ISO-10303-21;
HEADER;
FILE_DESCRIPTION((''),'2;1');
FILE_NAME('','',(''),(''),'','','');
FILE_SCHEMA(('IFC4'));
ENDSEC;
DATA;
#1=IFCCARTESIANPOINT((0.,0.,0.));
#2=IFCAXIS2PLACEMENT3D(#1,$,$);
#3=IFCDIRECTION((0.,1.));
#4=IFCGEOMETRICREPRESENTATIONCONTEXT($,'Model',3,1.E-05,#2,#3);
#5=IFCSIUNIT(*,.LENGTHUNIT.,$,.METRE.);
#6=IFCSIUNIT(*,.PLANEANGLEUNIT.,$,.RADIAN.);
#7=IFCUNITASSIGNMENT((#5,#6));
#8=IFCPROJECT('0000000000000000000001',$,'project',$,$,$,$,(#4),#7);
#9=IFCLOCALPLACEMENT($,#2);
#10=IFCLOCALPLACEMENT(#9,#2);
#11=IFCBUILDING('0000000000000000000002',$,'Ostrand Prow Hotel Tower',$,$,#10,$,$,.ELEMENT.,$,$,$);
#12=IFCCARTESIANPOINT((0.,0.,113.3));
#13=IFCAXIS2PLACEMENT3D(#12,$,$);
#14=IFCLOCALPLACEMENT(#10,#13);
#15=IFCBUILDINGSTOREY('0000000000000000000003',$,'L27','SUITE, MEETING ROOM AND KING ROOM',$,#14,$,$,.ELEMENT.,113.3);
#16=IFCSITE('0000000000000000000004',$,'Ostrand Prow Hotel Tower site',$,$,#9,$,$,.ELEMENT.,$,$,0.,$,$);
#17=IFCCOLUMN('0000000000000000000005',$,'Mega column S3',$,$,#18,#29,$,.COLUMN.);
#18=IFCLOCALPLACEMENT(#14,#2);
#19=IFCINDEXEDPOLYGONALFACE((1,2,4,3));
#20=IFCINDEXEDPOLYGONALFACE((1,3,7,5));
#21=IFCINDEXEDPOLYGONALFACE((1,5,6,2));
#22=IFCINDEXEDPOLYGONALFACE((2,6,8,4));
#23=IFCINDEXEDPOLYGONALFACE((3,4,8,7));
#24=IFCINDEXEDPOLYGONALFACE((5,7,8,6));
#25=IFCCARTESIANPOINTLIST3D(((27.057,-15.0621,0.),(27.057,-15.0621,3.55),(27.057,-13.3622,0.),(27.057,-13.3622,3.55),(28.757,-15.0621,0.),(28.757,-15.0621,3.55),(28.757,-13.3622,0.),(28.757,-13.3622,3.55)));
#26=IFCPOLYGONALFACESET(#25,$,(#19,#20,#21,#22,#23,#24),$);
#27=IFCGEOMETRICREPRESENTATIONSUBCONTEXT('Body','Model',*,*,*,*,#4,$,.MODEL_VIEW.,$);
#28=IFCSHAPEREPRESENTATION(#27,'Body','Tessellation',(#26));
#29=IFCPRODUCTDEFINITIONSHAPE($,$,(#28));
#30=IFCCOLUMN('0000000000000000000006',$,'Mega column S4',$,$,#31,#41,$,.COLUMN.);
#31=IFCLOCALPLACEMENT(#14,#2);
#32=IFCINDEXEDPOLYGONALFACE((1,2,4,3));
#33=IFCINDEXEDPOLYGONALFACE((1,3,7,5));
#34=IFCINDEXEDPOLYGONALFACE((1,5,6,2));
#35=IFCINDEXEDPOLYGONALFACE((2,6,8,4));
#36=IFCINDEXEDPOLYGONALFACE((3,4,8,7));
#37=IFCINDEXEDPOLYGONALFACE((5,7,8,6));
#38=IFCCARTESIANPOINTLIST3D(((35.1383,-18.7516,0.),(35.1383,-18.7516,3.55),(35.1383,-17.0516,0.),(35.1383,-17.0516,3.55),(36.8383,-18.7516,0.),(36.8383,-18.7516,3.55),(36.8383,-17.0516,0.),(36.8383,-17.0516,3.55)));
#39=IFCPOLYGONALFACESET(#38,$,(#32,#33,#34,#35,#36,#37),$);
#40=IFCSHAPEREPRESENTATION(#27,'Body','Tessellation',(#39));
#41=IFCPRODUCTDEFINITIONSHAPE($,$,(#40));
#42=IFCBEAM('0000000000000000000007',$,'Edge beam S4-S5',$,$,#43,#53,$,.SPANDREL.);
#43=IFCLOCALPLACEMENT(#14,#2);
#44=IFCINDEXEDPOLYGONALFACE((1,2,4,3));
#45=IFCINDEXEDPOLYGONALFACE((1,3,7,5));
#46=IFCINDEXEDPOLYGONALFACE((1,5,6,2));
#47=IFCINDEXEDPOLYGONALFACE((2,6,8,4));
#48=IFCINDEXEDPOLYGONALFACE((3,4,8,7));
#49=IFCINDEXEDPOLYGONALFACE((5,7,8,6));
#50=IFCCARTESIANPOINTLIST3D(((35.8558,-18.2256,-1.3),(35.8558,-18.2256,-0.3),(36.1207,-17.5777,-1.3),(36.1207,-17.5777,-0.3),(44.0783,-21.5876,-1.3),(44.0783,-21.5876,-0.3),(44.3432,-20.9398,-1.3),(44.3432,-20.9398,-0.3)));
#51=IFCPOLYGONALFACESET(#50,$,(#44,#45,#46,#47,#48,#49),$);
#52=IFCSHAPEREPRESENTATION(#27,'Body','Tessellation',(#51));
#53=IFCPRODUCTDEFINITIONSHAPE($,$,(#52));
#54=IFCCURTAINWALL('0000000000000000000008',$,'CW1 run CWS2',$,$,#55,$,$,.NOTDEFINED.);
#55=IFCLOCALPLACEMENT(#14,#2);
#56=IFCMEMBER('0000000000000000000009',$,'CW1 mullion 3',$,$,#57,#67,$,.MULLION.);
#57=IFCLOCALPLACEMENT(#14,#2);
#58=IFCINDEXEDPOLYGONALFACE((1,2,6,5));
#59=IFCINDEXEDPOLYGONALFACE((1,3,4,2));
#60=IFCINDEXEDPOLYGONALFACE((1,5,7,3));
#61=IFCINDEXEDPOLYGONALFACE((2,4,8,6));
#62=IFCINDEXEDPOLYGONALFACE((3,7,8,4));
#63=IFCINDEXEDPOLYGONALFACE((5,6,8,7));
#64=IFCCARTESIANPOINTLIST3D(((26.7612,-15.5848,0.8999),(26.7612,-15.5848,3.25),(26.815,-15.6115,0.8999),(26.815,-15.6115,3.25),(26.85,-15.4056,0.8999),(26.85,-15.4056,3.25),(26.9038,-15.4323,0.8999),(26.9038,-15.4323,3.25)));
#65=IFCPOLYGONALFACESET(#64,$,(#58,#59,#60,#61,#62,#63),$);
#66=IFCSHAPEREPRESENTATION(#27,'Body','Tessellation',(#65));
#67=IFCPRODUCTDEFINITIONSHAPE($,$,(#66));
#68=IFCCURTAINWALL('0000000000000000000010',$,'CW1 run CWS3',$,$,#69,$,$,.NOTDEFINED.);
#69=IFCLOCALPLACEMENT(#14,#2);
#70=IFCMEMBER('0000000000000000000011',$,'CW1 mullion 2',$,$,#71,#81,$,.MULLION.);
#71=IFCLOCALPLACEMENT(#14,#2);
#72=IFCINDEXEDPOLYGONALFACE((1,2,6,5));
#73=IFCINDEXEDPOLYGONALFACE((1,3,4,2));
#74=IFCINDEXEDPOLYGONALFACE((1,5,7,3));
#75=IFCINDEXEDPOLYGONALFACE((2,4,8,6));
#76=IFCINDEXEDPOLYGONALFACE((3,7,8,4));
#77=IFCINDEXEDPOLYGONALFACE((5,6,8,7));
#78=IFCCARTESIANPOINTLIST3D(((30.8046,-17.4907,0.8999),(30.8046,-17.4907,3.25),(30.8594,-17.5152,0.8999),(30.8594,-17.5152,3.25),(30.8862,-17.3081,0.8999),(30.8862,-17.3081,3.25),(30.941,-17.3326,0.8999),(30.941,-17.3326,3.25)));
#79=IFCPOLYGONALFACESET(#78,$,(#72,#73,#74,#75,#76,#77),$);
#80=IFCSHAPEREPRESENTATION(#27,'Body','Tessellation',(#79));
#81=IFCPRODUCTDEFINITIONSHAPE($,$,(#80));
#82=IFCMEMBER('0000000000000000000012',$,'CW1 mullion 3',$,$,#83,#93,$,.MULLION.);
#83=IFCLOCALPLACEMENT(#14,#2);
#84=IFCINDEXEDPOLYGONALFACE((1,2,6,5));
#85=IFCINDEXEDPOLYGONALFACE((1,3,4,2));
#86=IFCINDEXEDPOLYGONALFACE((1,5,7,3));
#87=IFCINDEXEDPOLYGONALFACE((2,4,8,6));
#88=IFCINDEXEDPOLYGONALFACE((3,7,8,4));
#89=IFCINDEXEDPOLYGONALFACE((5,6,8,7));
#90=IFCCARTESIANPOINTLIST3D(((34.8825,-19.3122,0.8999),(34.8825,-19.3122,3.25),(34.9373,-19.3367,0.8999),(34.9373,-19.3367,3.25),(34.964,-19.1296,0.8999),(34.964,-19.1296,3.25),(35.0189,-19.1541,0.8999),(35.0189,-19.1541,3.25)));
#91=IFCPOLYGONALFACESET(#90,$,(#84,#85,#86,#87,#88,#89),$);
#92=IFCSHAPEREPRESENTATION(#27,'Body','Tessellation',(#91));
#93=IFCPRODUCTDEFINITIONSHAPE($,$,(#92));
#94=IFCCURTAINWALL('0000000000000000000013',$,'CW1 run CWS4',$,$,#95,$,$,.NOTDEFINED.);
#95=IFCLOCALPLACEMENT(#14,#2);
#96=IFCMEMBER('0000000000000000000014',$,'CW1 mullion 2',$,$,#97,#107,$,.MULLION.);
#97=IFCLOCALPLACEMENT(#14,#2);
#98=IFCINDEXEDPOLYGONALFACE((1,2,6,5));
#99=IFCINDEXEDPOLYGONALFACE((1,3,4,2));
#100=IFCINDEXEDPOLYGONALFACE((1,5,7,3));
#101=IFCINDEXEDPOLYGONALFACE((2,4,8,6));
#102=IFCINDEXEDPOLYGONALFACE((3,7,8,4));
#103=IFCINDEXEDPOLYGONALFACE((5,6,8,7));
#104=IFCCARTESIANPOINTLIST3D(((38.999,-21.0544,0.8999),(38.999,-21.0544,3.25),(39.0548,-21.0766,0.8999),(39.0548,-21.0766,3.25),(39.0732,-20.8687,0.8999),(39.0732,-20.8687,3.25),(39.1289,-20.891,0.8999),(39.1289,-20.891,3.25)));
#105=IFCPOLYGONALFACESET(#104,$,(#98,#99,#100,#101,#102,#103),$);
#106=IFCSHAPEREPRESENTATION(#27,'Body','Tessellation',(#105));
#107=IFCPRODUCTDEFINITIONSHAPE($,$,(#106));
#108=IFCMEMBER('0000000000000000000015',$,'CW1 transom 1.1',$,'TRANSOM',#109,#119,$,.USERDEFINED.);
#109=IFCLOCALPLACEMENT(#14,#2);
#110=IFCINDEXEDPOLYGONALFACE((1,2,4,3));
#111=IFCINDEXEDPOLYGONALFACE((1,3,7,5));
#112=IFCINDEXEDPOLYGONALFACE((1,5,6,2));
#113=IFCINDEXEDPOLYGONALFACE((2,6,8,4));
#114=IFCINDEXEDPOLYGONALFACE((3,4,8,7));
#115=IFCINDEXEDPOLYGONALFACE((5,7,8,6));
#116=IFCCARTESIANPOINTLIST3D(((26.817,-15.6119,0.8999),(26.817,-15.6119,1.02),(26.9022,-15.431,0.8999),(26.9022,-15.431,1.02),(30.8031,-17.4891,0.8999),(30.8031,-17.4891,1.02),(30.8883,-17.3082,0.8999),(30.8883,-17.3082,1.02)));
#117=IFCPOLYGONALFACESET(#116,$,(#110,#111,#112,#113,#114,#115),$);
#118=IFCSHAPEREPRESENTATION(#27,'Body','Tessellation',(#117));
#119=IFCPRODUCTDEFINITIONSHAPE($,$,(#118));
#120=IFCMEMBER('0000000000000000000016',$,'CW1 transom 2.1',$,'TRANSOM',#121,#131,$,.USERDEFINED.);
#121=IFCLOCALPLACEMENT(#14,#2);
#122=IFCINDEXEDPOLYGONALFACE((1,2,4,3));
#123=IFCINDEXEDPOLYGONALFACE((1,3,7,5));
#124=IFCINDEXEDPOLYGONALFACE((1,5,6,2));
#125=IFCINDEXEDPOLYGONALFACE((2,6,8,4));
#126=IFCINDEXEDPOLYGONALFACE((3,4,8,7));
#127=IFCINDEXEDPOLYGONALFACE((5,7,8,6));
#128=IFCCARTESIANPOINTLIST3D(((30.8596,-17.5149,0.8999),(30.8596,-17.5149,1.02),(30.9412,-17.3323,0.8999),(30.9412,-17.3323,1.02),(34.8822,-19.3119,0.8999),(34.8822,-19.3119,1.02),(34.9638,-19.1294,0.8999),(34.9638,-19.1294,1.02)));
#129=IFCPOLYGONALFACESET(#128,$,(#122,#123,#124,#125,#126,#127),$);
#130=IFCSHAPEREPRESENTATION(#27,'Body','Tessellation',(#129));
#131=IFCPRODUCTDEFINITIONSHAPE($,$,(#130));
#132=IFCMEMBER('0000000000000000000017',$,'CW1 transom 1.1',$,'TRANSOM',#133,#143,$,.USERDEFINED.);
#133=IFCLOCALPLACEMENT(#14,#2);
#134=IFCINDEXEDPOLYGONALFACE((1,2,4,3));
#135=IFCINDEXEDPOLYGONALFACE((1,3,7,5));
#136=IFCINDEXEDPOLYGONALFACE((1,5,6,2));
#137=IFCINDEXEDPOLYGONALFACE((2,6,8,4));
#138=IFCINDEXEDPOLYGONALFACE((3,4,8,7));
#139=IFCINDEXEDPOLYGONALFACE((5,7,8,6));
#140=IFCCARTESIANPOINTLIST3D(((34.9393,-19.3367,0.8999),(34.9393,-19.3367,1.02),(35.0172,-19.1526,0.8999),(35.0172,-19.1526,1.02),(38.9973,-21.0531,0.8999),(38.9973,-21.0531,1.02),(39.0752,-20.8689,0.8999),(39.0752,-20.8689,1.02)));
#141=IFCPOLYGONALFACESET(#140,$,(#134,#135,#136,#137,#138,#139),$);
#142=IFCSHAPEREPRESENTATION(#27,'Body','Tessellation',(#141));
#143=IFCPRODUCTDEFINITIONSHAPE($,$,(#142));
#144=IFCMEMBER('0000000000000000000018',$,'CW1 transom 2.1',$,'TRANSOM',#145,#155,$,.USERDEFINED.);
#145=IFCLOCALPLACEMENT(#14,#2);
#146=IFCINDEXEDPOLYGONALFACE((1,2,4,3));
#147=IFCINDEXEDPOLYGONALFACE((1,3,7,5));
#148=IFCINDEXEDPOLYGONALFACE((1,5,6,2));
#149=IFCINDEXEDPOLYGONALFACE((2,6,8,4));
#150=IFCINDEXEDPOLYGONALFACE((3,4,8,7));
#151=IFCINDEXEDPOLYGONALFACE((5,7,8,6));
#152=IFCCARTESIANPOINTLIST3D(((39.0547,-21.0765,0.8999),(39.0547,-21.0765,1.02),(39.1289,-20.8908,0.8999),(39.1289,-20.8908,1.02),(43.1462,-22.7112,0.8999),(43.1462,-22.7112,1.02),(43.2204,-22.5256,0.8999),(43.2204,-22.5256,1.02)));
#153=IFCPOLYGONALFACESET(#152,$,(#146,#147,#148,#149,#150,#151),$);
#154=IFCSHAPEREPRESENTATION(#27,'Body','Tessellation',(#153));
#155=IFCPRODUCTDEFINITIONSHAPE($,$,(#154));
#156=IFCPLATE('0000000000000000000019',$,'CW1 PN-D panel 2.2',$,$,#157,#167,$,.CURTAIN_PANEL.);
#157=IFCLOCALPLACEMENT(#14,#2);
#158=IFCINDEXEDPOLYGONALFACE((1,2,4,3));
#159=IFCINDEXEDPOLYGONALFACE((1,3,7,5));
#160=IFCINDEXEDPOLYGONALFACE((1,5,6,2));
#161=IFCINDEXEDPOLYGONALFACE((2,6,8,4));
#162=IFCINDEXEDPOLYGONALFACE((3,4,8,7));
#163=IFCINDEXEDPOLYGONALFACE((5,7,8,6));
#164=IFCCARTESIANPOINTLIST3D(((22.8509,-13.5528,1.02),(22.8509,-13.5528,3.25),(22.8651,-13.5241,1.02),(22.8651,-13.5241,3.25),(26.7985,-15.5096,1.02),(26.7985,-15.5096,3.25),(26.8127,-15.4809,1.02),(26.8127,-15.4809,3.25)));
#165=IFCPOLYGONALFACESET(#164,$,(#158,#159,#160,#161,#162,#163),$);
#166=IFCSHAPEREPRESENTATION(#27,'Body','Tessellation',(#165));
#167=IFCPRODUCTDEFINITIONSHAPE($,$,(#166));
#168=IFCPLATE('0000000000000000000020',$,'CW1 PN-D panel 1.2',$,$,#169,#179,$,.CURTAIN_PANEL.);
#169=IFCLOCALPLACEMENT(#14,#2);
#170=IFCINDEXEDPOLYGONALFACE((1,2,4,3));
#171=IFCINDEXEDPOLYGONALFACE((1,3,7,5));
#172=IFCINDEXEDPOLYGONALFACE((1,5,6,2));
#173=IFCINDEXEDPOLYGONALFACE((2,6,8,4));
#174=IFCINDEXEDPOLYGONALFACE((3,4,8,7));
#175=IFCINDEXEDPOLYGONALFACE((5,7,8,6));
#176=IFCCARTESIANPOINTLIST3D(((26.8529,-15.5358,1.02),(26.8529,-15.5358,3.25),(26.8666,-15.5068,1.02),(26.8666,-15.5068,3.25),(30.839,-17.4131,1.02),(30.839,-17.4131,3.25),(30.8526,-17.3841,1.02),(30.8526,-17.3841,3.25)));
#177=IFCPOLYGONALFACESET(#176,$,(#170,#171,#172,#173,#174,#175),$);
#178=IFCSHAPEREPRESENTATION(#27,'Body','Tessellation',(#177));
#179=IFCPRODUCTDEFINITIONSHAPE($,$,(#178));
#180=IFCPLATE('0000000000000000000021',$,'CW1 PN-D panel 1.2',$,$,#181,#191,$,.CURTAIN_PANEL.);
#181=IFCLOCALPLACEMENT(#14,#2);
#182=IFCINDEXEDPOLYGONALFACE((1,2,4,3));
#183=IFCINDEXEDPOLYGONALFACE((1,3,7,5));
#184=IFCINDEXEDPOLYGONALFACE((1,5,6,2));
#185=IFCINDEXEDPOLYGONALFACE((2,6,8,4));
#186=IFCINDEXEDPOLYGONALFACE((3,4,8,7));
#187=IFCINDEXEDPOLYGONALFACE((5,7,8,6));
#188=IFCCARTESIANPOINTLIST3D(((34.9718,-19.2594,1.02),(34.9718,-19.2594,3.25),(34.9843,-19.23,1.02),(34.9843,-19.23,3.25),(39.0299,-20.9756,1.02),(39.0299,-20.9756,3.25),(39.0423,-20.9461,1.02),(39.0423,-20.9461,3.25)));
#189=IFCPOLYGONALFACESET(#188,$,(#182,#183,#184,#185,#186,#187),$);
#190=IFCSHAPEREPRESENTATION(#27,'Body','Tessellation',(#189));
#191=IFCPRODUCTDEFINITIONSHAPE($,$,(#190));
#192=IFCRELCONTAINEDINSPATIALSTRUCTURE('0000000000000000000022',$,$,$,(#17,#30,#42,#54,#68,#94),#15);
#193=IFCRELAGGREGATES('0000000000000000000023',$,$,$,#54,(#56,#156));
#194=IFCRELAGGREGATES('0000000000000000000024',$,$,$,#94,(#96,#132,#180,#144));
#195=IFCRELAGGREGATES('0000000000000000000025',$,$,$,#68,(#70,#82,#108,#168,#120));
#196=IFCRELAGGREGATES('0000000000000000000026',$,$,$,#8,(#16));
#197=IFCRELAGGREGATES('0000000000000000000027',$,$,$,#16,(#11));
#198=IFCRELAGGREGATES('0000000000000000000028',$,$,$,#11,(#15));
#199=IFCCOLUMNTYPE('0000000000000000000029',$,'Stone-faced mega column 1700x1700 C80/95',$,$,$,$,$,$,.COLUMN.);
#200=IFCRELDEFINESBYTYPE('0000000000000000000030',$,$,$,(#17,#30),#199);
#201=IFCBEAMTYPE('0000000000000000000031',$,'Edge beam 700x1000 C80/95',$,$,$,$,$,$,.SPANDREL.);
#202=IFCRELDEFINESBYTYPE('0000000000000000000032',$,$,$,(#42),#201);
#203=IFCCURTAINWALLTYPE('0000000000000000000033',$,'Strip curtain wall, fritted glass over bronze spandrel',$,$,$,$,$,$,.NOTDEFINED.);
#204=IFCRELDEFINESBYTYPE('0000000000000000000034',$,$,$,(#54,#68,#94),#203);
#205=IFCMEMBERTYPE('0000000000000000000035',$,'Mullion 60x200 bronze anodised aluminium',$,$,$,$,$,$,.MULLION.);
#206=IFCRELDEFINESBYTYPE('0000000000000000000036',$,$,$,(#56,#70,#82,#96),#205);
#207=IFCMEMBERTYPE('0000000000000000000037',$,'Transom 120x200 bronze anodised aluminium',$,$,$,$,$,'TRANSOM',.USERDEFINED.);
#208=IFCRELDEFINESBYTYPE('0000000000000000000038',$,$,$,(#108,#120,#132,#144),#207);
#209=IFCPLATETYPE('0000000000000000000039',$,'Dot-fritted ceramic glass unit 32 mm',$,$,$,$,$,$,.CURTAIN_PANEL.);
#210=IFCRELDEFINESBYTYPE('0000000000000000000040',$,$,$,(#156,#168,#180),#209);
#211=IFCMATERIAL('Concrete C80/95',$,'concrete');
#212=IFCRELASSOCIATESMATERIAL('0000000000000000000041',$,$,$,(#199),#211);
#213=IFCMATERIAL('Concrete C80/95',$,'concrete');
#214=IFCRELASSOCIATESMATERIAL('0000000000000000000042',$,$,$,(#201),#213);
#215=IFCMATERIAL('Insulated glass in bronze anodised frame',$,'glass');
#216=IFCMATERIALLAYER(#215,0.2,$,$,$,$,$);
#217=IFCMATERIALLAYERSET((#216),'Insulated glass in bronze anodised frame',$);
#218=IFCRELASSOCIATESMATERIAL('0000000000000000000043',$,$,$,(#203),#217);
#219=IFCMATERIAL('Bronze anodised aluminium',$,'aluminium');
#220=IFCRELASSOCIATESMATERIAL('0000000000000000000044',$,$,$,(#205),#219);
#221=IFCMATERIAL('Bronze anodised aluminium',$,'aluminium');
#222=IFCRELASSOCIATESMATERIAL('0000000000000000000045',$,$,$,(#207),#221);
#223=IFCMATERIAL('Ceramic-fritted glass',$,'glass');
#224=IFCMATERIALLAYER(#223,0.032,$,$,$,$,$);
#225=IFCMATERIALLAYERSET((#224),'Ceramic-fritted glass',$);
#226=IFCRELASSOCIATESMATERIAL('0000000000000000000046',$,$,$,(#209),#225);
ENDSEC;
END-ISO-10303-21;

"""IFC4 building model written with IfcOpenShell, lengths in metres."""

from ifc_helpers import new_model, si_unit, direction, frame, origin, origin_2d, place, context, subcontext, project, spatial, rectangle, extrude, material, layer, layer_set, material_profile, profile_set, type_object, element, aggregate, save


model = new_model("IFC4")

# Units and contexts
model_context = context("Model", 3, precision=1e-05, world=origin(), true_north=direction((0.0, 1.0)))
body_context = subcontext(model_context, "Body", "Model", "MODEL_VIEW")
ifc_project = project(units=[si_unit("LENGTHUNIT", "METRE"), si_unit("PLANEANGLEUNIT", "RADIAN")], contexts=[model_context])

# Site, building, storey
site_placement = place(None, origin())
site = spatial("IfcSite", under=ifc_project, at=site_placement, Name="Ostrand Prow Hotel Tower site", CompositionType="ELEMENT", RefElevation=0.0)
building_placement = place(site_placement, origin())
building = spatial("IfcBuilding", under=site, at=building_placement, Name="Ostrand Prow Hotel Tower", CompositionType="ELEMENT")
storey_placement = place(building_placement, frame((0.0, 0.0, 113.3)))
storey = spatial("IfcBuildingStorey", under=building, at=storey_placement, Name="L27", Description="SUITE, MEETING ROOM AND KING ROOM", CompositionType="ELEMENT", Elevation=113.3)

# Columns
ifc_material_1 = material(Name="Concrete C80/95", Category="concrete")
ifc_material_profile_1 = material_profile(ifc_material_1, rectangle(XDim=1.7, YDim=1.7, at=origin_2d()), Name="RC 1700x1700")
ifc_profile_set_1 = profile_set([ifc_material_profile_1], Name="Concrete C80/95")
column_type = type_object("IfcColumnType", Name="Stone-faced mega column 1700x1700 C80/95", PredefinedType="COLUMN", material=ifc_profile_set_1)
for number, where, z_axis, x_axis, name in (
    (1, (27.907, -14.2122, 0.0), (0.0, 0.0, 1.0), (1.0, 0.0, 0.0), "Mega column S3"),
    (2, (35.9883, -17.9016, 0.0), (0.0, 0.0, 1.0), (1.0, 0.0, 0.0), "Mega column S4"),
):
    element("IfcColumn", number, at=place(storey_placement, frame(where, z_axis=z_axis, x_axis=x_axis)), inside=storey, type_object=column_type, Name=name, PredefinedType="COLUMN", context=body_context, shape_type="SweptSolid", body=[
        extrude(rectangle(XDim=1.7, YDim=1.7, at=origin_2d()), origin(), (0.0, 0.0, 1.0), 3.55),
    ])

# Beam
ifc_material_2 = material(Name="Concrete C80/95", Category="concrete")
ifc_material_profile_2 = material_profile(ifc_material_2, rectangle(XDim=0.7, YDim=1.0, at=origin_2d()), Name="RC 700x1000")
ifc_profile_set_2 = profile_set([ifc_material_profile_2], Name="Concrete C80/95")
beam_type = type_object("IfcBeamType", Name="Edge beam 700x1000 C80/95", PredefinedType="SPANDREL", material=ifc_profile_set_2)
beam_placement = place(storey_placement, frame((35.9883, -17.9016, -0.8), z_axis=(0.925612, -0.378473, 0.0), x_axis=(0.378473, 0.925612, 0.0)))
element("IfcBeam", 3, at=beam_placement, inside=storey, type_object=beam_type, Name="Edge beam S4-S5", PredefinedType="SPANDREL", context=body_context, shape_type="SweptSolid", body=[
    extrude(rectangle(XDim=0.7, YDim=1.0, at=origin_2d()), origin(), (0.0, 0.0, 1.0), 8.8833),
])

# Curtain wall, member
ifc_material_3 = material(Name="Insulated glass in bronze anodised frame", Category="glass")
ifc_layer_1 = layer(ifc_material_3, 0.2)
ifc_layer_set_1 = layer_set([ifc_layer_1], Name="Insulated glass in bronze anodised frame")
curtain_wall_type = type_object("IfcCurtainWallType", Name="Strip curtain wall, fritted glass over bronze spandrel", PredefinedType="NOTDEFINED", material=ifc_layer_set_1)
curtain_wall_1_placement = place(storey_placement, origin())
curtain_wall_1 = element("IfcCurtainWall", 4, at=curtain_wall_1_placement, inside=storey, type_object=curtain_wall_type, Name="CW1 run CWS2", PredefinedType="NOTDEFINED")
ifc_material_4 = material(Name="Bronze anodised aluminium", Category="aluminium")
ifc_material_profile_3 = material_profile(ifc_material_4, rectangle(XDim=0.2, YDim=0.0601, at=origin_2d()), Name="Mullion 60x200 bronze anodised aluminium")
ifc_profile_set_3 = profile_set([ifc_material_profile_3], Name="Bronze anodised aluminium")
member_type_1 = type_object("IfcMemberType", Name="Mullion 60x200 bronze anodised aluminium", PredefinedType="MULLION", material=ifc_profile_set_3)
member_1_placement = place(storey_placement, frame((26.8325, -15.5085, 0.8999), z_axis=(0.0, 0.0, 1.0), x_axis=(0.444113, 0.895971, 0.0)))
member_1 = element("IfcMember", 5, at=member_1_placement, type_object=member_type_1, Name="CW1 mullion 3", PredefinedType="MULLION", context=body_context, shape_type="SweptSolid", body=[
    extrude(rectangle(XDim=0.2, YDim=0.0601, at=origin_2d()), origin(), (0.0, 0.0, 1.0), 2.3501),
])

# Curtain wall, members
curtain_wall_2_placement = place(storey_placement, origin())
curtain_wall_2 = element("IfcCurtainWall", 6, at=curtain_wall_2_placement, inside=storey, type_object=curtain_wall_type, Name="CW1 run CWS3", PredefinedType="NOTDEFINED")
member_2_placement = place(storey_placement, frame((30.8728, -17.4116, 0.8999), z_axis=(0.0, 0.0, 1.0), x_axis=(0.407875, 0.913038, 0.0)))
member_2 = element("IfcMember", 7, at=member_2_placement, type_object=member_type_1, Name="CW1 mullion 2", PredefinedType="MULLION", context=body_context, shape_type="SweptSolid", body=[
    extrude(rectangle(XDim=0.2, YDim=0.0601, at=origin_2d()), origin(), (0.0, 0.0, 1.0), 2.3501),
])
member_3_placement = place(storey_placement, frame((34.9507, -19.2332, 0.8999), z_axis=(0.0, 0.0, 1.0), x_axis=(0.407875, 0.913038, 0.0)))
member_3 = element("IfcMember", 8, at=member_3_placement, type_object=member_type_1, Name="CW1 mullion 3", PredefinedType="MULLION", context=body_context, shape_type="SweptSolid", body=[
    extrude(rectangle(XDim=0.2, YDim=0.0601, at=origin_2d()), origin(), (0.0, 0.0, 1.0), 2.3501),
])

# Curtain wall, member
curtain_wall_3_placement = place(storey_placement, origin())
curtain_wall_3 = element("IfcCurtainWall", 9, at=curtain_wall_3_placement, inside=storey, type_object=curtain_wall_type, Name="CW1 run CWS4", PredefinedType="NOTDEFINED")
member_4_placement = place(storey_placement, frame((39.064, -20.9727, 0.8999), z_axis=(0.0, 0.0, 1.0), x_axis=(0.370982, 0.92864, 0.0)))
member_4 = element("IfcMember", 10, at=member_4_placement, type_object=member_type_1, Name="CW1 mullion 2", PredefinedType="MULLION", context=body_context, shape_type="SweptSolid", body=[
    extrude(rectangle(XDim=0.2, YDim=0.0601, at=origin_2d()), origin(), (0.0, 0.0, 1.0), 2.3501),
])

# Members
ifc_material_5 = material(Name="Bronze anodised aluminium", Category="aluminium")
ifc_material_profile_4 = material_profile(ifc_material_5, rectangle(XDim=0.2, YDim=0.1201, at=origin_2d()), Name="Transom 120x200 bronze anodised aluminium")
ifc_profile_set_4 = profile_set([ifc_material_profile_4], Name="Bronze anodised aluminium")
member_type_2 = type_object("IfcMemberType", Name="Transom 120x200 bronze anodised aluminium", ElementType="TRANSOM", PredefinedType="USERDEFINED", material=ifc_profile_set_4)
member_5_placement = place(storey_placement, frame((26.8596, -15.5215, 0.96), z_axis=(0.904697, -0.426056, 0.0), x_axis=(0.426056, 0.904697, 0.0)))
member_5 = element("IfcMember", 11, at=member_5_placement, type_object=member_type_2, Name="CW1 transom 1.1", ObjectType="TRANSOM", PredefinedType="USERDEFINED", context=body_context, shape_type="SweptSolid", body=[
    extrude(rectangle(XDim=0.2, YDim=0.1201, at=origin_2d()), origin(), (0.0, 0.0, 1.0), 4.406),
])
member_6_placement = place(storey_placement, frame((30.9004, -17.4236, 0.96), z_axis=(0.913031, -0.407891, 0.0), x_axis=(0.407891, 0.913031, 0.0)))
member_6 = element("IfcMember", 12, at=member_6_placement, type_object=member_type_2, Name="CW1 transom 2.1", ObjectType="TRANSOM", PredefinedType="USERDEFINED", context=body_context, shape_type="SweptSolid", body=[
    extrude(rectangle(XDim=0.2, YDim=0.1201, at=origin_2d()), origin(), (0.0, 0.0, 1.0), 4.4058),
])
member_7_placement = place(storey_placement, frame((34.9783, -19.2446, 0.96), z_axis=(0.921006, -0.389548, 0.0), x_axis=(0.389548, 0.921006, 0.0)))
member_7 = element("IfcMember", 13, at=member_7_placement, type_object=member_type_2, Name="CW1 transom 1.1", ObjectType="TRANSOM", PredefinedType="USERDEFINED", context=body_context, shape_type="SweptSolid", body=[
    extrude(rectangle(XDim=0.2, YDim=0.1201, at=origin_2d()), origin(), (0.0, 0.0, 1.0), 4.406),
])
member_8_placement = place(storey_placement, frame((39.0918, -20.9836, 0.96), z_axis=(0.928622, -0.371028, 0.0), x_axis=(0.371028, 0.928622, 0.0)))
member_8 = element("IfcMember", 14, at=member_8_placement, type_object=member_type_2, Name="CW1 transom 2.1", ObjectType="TRANSOM", PredefinedType="USERDEFINED", context=body_context, shape_type="SweptSolid", body=[
    extrude(rectangle(XDim=0.2, YDim=0.1201, at=origin_2d()), origin(), (0.0, 0.0, 1.0), 4.406),
])

# Plates
ifc_material_6 = material(Name="Ceramic-fritted glass", Category="glass")
ifc_layer_2 = layer(ifc_material_6, 0.032)
ifc_layer_set_2 = layer_set([ifc_layer_2], Name="Ceramic-fritted glass")
plate_type_1 = type_object("IfcPlateType", Name="Dot-fritted ceramic glass unit 32 mm", PredefinedType="CURTAIN_PANEL", material=ifc_layer_set_2)
plate_1_placement = place(storey_placement, frame((24.8318, -14.5168, 1.02), z_axis=(0.0, 0.0, 1.0), x_axis=(0.895971, -0.444113, 0.0)))
plate_1 = element("IfcPlate", 15, at=plate_1_placement, type_object=plate_type_1, Name="CW1 PN-D panel 2.2", PredefinedType="CURTAIN_PANEL", context=body_context, shape_type="SweptSolid", body=[
    extrude(rectangle(XDim=4.406, YDim=0.032, at=origin_2d()), origin(), (0.0, 0.0, 1.0), 2.23),
])
aggregate(curtain_wall_1, [member_1, plate_1])
plate_2_placement = place(storey_placement, frame((28.8528, -16.46, 1.02), z_axis=(0.0, 0.0, 1.0), x_axis=(0.904686, -0.426079, 0.0)))
plate_2 = element("IfcPlate", 16, at=plate_2_placement, type_object=plate_type_1, Name="CW1 PN-D panel 1.2", PredefinedType="CURTAIN_PANEL", context=body_context, shape_type="SweptSolid", body=[
    extrude(rectangle(XDim=4.406, YDim=0.032, at=origin_2d()), origin(), (0.0, 0.0, 1.0), 2.23),
])
plate_3_placement = place(storey_placement, frame((37.0071, -20.1028, 1.02), z_axis=(0.0, 0.0, 1.0), x_axis=(0.921024, -0.389507, 0.0)))
plate_3 = element("IfcPlate", 17, at=plate_3_placement, type_object=plate_type_1, Name="CW1 PN-D panel 1.2", PredefinedType="CURTAIN_PANEL", context=body_context, shape_type="SweptSolid", body=[
    extrude(rectangle(XDim=4.406, YDim=0.032, at=origin_2d()), origin(), (0.0, 0.0, 1.0), 2.23),
])
aggregate(curtain_wall_3, [member_4, member_7, plate_3, member_8])
aggregate(curtain_wall_2, [member_2, member_3, member_5, plate_2, member_6])

save(model, "model.ifc")
